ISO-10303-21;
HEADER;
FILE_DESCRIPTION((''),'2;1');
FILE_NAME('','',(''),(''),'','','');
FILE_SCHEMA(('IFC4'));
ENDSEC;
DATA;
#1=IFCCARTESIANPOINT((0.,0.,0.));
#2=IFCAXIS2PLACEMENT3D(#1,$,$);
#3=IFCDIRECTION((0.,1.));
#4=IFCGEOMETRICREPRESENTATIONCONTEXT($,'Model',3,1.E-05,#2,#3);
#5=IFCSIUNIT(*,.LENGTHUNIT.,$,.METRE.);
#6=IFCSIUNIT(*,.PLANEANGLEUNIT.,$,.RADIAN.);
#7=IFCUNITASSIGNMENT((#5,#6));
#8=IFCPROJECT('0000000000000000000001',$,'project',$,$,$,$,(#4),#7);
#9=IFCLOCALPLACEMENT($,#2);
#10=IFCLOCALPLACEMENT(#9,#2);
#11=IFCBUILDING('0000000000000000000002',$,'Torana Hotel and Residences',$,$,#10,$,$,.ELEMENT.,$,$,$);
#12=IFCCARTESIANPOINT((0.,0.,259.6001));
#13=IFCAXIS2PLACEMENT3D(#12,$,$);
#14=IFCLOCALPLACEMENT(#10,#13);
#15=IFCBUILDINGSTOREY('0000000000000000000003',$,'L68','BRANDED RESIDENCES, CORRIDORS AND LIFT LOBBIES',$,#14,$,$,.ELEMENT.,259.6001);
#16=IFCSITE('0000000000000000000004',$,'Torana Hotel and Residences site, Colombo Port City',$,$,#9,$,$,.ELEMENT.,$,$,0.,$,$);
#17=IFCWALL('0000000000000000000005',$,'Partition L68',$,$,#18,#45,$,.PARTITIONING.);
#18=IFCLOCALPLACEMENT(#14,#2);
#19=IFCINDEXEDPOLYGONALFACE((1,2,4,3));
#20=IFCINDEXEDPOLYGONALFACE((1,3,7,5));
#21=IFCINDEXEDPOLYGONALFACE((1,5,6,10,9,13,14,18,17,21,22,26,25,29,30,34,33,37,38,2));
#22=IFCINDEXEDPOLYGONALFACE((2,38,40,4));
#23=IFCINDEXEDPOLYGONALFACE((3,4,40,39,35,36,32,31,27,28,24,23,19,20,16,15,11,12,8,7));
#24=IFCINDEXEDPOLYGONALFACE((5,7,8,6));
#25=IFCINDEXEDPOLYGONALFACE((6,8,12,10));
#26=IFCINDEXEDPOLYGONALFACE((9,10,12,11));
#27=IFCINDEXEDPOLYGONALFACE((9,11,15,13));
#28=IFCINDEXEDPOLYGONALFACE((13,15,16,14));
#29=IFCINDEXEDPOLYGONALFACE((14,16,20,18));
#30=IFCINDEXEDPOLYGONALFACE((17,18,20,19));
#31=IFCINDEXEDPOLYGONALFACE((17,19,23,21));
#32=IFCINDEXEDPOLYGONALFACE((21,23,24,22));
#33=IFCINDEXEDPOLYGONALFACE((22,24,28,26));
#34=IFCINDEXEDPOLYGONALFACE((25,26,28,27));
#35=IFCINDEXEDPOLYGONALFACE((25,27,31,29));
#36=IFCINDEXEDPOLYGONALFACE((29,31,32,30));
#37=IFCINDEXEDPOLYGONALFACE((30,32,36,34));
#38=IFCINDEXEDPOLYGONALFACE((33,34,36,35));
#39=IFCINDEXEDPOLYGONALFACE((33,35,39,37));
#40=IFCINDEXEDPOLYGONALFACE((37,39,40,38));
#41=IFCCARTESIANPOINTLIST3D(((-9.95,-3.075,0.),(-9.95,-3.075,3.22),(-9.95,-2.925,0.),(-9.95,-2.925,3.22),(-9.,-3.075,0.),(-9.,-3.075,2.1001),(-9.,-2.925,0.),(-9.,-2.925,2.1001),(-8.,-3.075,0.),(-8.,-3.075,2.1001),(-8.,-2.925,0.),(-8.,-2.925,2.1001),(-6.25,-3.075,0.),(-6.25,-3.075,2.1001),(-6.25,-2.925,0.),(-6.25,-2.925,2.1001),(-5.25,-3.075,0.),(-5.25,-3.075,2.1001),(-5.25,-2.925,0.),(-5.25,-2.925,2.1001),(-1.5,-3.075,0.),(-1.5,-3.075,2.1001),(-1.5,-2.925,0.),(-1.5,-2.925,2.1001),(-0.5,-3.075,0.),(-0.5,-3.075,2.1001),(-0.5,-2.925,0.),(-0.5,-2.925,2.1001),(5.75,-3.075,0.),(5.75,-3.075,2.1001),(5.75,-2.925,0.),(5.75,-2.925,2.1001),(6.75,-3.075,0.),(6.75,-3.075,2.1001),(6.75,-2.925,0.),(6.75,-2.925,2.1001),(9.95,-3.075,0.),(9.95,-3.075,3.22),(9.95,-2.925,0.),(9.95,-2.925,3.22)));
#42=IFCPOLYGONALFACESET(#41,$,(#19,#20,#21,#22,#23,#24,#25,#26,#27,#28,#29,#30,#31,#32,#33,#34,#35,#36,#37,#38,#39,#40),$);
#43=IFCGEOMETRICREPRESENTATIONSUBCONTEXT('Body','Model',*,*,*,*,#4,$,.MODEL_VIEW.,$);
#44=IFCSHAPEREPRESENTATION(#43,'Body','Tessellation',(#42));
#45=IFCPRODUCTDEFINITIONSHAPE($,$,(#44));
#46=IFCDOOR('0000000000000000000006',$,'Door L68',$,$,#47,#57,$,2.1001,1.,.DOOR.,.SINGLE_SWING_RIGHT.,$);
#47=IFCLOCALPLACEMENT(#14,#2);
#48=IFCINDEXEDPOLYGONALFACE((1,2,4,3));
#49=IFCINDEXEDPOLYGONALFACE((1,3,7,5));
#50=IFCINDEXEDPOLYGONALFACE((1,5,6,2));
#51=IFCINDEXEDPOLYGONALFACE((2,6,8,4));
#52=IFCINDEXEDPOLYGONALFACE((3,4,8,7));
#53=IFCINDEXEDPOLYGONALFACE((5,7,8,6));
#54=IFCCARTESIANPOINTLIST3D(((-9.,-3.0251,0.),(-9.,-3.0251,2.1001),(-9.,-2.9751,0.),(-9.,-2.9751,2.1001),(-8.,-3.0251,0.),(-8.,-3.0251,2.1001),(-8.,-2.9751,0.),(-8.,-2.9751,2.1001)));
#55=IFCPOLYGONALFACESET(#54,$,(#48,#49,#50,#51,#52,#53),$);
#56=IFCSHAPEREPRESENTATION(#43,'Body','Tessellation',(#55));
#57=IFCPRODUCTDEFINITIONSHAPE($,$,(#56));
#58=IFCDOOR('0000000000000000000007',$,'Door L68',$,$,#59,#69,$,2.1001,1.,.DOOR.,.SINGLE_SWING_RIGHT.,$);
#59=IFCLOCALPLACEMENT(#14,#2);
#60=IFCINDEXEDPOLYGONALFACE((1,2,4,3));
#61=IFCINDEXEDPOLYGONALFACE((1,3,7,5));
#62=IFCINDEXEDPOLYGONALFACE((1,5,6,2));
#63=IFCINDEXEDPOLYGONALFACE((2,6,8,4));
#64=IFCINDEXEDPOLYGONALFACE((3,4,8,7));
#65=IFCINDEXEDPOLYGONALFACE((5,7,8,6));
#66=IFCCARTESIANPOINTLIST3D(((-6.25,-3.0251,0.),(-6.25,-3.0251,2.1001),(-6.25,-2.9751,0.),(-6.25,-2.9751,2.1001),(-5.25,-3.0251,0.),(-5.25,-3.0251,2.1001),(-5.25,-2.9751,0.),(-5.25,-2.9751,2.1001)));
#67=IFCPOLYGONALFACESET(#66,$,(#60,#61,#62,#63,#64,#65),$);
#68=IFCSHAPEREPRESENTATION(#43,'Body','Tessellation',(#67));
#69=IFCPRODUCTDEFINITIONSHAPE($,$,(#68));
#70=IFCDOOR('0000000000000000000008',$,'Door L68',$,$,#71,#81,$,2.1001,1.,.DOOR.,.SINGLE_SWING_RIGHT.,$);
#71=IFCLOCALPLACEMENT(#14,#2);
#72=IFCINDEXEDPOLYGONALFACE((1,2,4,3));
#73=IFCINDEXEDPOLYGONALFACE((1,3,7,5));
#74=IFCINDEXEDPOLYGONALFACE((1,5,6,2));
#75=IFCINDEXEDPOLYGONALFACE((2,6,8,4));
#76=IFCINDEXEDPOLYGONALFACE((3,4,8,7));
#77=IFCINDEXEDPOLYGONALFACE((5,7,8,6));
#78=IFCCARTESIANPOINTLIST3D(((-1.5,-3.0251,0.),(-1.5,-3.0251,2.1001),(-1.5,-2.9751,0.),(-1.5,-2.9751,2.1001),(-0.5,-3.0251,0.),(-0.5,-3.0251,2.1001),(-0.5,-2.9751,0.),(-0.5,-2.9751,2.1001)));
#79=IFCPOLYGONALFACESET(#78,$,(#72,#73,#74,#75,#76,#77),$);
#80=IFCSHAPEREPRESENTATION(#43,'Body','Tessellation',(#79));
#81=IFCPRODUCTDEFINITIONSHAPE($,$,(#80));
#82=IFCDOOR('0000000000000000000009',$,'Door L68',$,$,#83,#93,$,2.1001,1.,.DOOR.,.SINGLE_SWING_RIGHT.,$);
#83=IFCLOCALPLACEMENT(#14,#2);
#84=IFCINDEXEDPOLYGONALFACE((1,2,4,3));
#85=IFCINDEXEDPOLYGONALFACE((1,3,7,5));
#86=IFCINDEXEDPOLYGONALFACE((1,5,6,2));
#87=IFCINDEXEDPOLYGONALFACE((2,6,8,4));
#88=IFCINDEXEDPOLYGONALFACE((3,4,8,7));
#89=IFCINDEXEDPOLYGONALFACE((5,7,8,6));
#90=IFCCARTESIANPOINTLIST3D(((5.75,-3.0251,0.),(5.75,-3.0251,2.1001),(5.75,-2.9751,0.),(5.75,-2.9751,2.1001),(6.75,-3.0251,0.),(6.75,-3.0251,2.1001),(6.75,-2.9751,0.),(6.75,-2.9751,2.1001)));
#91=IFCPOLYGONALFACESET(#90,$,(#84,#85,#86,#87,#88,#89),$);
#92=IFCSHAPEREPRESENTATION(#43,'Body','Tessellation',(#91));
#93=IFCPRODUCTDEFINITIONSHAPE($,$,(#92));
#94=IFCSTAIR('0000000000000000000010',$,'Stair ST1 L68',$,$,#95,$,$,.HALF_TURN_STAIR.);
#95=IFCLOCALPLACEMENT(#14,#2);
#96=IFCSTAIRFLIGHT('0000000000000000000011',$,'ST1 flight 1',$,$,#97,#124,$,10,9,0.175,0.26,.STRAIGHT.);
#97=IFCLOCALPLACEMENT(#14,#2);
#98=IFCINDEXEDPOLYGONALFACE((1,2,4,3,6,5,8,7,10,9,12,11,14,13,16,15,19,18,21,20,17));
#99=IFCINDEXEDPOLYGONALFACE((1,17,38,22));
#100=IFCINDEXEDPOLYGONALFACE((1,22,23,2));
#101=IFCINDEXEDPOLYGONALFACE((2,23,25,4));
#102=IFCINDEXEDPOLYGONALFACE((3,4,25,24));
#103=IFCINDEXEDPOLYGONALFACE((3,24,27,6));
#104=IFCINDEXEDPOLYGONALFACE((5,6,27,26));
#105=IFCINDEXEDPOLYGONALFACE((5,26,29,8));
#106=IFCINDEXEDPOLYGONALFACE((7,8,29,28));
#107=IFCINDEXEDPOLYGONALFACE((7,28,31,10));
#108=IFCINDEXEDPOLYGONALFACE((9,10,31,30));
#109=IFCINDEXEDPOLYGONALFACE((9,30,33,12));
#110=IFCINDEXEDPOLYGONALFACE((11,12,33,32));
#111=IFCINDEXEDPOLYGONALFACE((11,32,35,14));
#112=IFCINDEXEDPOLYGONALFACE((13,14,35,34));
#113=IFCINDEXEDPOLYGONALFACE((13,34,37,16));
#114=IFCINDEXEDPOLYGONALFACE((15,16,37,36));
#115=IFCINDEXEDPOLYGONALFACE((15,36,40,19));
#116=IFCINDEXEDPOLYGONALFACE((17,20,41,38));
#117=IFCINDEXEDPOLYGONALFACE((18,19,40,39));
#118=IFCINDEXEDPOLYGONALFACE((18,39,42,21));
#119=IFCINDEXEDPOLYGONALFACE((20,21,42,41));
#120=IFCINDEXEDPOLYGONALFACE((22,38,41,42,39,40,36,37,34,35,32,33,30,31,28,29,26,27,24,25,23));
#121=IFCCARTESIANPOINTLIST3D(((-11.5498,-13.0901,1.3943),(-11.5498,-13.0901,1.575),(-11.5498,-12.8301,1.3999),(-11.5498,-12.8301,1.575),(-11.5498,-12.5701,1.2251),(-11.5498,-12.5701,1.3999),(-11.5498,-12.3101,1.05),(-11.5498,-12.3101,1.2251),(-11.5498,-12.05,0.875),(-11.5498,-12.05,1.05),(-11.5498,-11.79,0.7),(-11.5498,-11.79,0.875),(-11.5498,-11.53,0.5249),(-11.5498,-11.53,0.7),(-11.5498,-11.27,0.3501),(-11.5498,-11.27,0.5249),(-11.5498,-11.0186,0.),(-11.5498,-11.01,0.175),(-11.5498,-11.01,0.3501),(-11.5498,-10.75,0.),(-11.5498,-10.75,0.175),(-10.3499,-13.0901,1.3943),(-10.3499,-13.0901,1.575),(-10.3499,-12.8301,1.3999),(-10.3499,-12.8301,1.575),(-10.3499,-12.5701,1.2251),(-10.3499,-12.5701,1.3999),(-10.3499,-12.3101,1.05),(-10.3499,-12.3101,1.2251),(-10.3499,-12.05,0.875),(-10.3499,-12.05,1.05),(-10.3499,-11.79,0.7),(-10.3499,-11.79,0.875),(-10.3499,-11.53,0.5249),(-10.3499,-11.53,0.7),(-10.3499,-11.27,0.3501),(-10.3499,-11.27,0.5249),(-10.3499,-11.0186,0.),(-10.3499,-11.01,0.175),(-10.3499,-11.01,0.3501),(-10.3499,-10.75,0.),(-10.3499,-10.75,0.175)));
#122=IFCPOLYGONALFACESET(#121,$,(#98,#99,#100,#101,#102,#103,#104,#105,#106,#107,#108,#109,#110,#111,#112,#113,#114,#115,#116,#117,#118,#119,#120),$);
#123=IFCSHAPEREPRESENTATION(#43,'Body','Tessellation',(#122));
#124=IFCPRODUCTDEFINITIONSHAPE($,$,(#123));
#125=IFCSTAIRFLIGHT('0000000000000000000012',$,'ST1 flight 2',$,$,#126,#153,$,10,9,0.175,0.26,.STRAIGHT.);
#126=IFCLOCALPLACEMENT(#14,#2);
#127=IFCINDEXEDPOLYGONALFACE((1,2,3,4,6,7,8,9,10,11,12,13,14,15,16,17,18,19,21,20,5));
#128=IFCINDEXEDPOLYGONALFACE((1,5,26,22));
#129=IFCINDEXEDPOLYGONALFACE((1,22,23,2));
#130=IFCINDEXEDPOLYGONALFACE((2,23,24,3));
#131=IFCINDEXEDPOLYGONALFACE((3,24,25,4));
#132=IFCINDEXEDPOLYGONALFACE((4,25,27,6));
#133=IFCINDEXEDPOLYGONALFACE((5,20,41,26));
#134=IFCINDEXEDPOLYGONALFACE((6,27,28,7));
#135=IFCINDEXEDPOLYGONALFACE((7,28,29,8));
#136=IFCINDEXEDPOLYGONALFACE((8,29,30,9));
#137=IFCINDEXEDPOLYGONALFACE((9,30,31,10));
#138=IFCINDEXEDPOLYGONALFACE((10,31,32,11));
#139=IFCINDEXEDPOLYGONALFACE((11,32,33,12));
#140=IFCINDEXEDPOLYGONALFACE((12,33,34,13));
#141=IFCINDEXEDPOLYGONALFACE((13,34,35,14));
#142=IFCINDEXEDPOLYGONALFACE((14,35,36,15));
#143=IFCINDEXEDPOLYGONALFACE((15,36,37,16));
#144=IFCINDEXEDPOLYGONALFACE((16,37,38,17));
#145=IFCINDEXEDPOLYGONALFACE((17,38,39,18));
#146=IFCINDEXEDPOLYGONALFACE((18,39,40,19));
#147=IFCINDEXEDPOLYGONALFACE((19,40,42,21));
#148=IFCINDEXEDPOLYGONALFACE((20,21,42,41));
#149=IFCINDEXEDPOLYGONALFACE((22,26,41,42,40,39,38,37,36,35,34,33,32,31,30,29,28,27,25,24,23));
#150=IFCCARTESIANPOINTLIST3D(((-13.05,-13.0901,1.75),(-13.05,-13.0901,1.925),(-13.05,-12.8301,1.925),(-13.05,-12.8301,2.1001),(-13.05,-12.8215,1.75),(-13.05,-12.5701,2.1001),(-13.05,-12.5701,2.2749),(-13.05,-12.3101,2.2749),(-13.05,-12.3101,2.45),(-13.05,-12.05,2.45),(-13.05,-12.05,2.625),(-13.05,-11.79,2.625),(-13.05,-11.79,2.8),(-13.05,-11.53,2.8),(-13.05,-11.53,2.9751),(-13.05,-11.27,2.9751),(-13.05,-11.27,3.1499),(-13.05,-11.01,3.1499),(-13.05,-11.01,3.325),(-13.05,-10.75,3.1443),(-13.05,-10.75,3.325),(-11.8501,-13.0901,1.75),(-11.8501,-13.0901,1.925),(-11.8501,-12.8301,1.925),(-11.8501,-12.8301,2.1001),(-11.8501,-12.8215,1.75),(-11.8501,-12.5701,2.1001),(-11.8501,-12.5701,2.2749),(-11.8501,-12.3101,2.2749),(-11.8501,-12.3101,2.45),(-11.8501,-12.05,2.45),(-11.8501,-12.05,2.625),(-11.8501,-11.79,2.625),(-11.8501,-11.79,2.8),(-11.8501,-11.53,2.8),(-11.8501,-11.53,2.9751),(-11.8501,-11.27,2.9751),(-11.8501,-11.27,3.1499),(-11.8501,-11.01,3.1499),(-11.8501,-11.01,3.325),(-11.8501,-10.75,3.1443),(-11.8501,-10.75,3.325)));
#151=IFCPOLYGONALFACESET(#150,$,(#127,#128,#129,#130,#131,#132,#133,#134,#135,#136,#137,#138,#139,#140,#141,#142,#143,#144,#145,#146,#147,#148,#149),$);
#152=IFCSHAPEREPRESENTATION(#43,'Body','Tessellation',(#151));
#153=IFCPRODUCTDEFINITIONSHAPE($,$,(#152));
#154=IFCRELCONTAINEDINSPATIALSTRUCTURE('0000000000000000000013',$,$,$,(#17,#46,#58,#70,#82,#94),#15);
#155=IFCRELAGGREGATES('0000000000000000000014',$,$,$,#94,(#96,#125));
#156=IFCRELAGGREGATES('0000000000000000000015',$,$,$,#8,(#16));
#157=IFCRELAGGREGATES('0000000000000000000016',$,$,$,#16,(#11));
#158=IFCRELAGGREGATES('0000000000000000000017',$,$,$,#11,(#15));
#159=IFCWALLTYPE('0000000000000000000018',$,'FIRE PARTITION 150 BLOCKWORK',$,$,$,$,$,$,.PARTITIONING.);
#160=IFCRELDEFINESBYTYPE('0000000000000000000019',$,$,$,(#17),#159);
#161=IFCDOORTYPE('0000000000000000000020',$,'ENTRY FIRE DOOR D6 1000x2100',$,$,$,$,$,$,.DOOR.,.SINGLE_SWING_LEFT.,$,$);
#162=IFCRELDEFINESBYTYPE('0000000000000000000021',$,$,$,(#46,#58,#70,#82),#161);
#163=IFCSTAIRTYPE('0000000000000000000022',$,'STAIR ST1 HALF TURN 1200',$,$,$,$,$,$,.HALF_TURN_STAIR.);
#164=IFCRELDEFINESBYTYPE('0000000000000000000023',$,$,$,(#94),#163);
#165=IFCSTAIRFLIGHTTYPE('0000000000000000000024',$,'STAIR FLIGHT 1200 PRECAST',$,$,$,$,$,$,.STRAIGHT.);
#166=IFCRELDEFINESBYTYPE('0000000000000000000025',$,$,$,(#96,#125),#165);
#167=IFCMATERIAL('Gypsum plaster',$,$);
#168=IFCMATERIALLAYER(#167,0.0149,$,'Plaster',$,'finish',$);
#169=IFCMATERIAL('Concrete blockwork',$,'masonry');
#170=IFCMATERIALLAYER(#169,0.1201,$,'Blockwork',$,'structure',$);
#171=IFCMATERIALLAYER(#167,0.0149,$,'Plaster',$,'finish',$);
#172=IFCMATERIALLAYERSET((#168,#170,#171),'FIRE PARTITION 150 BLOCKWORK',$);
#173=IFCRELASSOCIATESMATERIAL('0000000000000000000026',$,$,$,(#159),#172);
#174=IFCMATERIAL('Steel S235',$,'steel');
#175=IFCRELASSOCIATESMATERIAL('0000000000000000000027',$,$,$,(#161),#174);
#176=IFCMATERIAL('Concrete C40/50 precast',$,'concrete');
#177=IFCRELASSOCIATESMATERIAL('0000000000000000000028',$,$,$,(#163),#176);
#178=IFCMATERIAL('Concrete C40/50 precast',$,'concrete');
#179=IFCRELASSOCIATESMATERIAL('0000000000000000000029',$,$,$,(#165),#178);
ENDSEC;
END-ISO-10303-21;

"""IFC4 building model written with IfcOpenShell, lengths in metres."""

from ifc_helpers import new_model, si_unit, direction, frame, frame_2d, origin, place, context, subcontext, project, spatial, polyline, rectangle, outline, extrude, material, layer, layer_set, type_object, element, fill, aggregate, save


model = new_model("IFC4")

# Units and contexts
model_context = context("Model", 3, precision=1e-05, world=origin(), true_north=direction((0.0, 1.0)))
body_context = subcontext(model_context, "Body", "Model", "MODEL_VIEW")
ifc_project = project(units=[si_unit("LENGTHUNIT", "METRE"), si_unit("PLANEANGLEUNIT", "RADIAN")], contexts=[model_context])

# Site, building, storey
site_placement = place(None, origin())
site = spatial("IfcSite", under=ifc_project, at=site_placement, Name="Torana Hotel and Residences site, Colombo Port City", CompositionType="ELEMENT", RefElevation=0.0)
building_placement = place(site_placement, origin())
building = spatial("IfcBuilding", under=site, at=building_placement, Name="Torana Hotel and Residences", CompositionType="ELEMENT")
storey_placement = place(building_placement, frame((0.0, 0.0, 259.6001)))
storey = spatial("IfcBuildingStorey", under=building, at=storey_placement, Name="L68", Description="BRANDED RESIDENCES, CORRIDORS AND LIFT LOBBIES", CompositionType="ELEMENT", Elevation=259.6001)

# Shared definitions
ifc_material_1 = material(Name="Gypsum plaster")
ifc_layer_1 = layer(ifc_material_1, 0.0149, Name="Plaster", Category="finish")
ifc_material_2 = material(Name="Concrete blockwork", Category="masonry")
ifc_layer_2 = layer(ifc_material_2, 0.1201, Name="Blockwork", Category="structure")
ifc_layer_3 = layer(ifc_material_1, 0.0149, Name="Plaster", Category="finish")
ifc_layer_set_1 = layer_set([ifc_layer_1, ifc_layer_2, ifc_layer_3], Name="FIRE PARTITION 150 BLOCKWORK")
wall_type_1 = type_object("IfcWallType", Name="FIRE PARTITION 150 BLOCKWORK", PredefinedType="PARTITIONING", material=ifc_layer_set_1)

# Wall, openings, doors
ifc_material_3 = material(Name="Steel S235", Category="steel")
door_type_1 = type_object("IfcDoorType", Name="ENTRY FIRE DOOR D6 1000x2100", OperationType="SINGLE_SWING_LEFT", PredefinedType="DOOR", material=ifc_material_3)
wall_1_placement = place(storey_placement, frame((-9.95, -3.0, 0.0), z_axis=(0.0, 0.0, 1.0), x_axis=(1.0, 0.0, 0.0)))
wall_1 = element("IfcWall", 1, at=wall_1_placement, inside=storey, type_object=wall_type_1, Name="Partition L68", PredefinedType="PARTITIONING", context=body_context, shape_type="SweptSolid", body=[
    extrude(rectangle(XDim=19.8999, YDim=0.1499, at=frame_2d((9.95, 0.0))), origin(), (0.0, 0.0, 1.0), 3.22),
])
opening_1_placement = place(wall_1_placement, frame((0.95, 0.0, 0.0)))
opening_1 = element("IfcOpeningElement", 2, at=opening_1_placement, cuts=wall_1, PredefinedType="OPENING", context=body_context, shape_type="SweptSolid", body=[
    extrude(rectangle(XDim=1.0, YDim=2.1001, at=frame_2d((0.5, 1.05))), frame((0.0, 0.085, 0.0), z_axis=(0.0, -1.0, 0.0), x_axis=(1.0, 0.0, 0.0)), (0.0, 0.0, 1.0), 0.1699),
])
opening_2_placement = place(wall_1_placement, frame((3.7, 0.0, 0.0)))
opening_2 = element("IfcOpeningElement", 3, at=opening_2_placement, cuts=wall_1, PredefinedType="OPENING", context=body_context, shape_type="SweptSolid", body=[
    extrude(rectangle(XDim=1.0, YDim=2.1001, at=frame_2d((0.5, 1.05))), frame((0.0, 0.085, 0.0), z_axis=(0.0, -1.0, 0.0), x_axis=(1.0, 0.0, 0.0)), (0.0, 0.0, 1.0), 0.1699),
])
opening_3_placement = place(wall_1_placement, frame((8.45, 0.0, 0.0)))
opening_3 = element("IfcOpeningElement", 4, at=opening_3_placement, cuts=wall_1, PredefinedType="OPENING", context=body_context, shape_type="SweptSolid", body=[
    extrude(rectangle(XDim=1.0, YDim=2.1001, at=frame_2d((0.5, 1.05))), frame((0.0, 0.085, 0.0), z_axis=(0.0, -1.0, 0.0), x_axis=(1.0, 0.0, 0.0)), (0.0, 0.0, 1.0), 0.1699),
])
opening_4_placement = place(wall_1_placement, frame((15.7, 0.0, 0.0)))
opening_4 = element("IfcOpeningElement", 5, at=opening_4_placement, cuts=wall_1, PredefinedType="OPENING", context=body_context, shape_type="SweptSolid", body=[
    extrude(rectangle(XDim=1.0, YDim=2.1001, at=frame_2d((0.5, 1.05))), frame((0.0, 0.085, 0.0), z_axis=(0.0, -1.0, 0.0), x_axis=(1.0, 0.0, 0.0)), (0.0, 0.0, 1.0), 0.1699),
])
door_1_placement = place(opening_1_placement, origin())
door_1 = element("IfcDoor", 6, at=door_1_placement, inside=storey, type_object=door_type_1, Name="Door L68", OperationType="SINGLE_SWING_RIGHT", OverallHeight=2.1001, OverallWidth=1.0, PredefinedType="DOOR", context=body_context, shape_type="SweptSolid", body=[
    extrude(rectangle(XDim=1.0, YDim=2.1001, at=frame_2d((0.5, 1.05))), frame((0.0, 0.0249, 0.0), z_axis=(0.0, -1.0, 0.0), x_axis=(1.0, 0.0, 0.0)), (0.0, 0.0, 1.0), 0.05),
])
fill(opening_1, door_1)
door_2_placement = place(opening_2_placement, origin())
door_2 = element("IfcDoor", 7, at=door_2_placement, inside=storey, type_object=door_type_1, Name="Door L68", OperationType="SINGLE_SWING_RIGHT", OverallHeight=2.1001, OverallWidth=1.0, PredefinedType="DOOR", context=body_context, shape_type="SweptSolid", body=[
    extrude(rectangle(XDim=1.0, YDim=2.1001, at=frame_2d((0.5, 1.05))), frame((0.0, 0.0249, 0.0), z_axis=(0.0, -1.0, 0.0), x_axis=(1.0, 0.0, 0.0)), (0.0, 0.0, 1.0), 0.05),
])
fill(opening_2, door_2)
door_3_placement = place(opening_3_placement, origin())
door_3 = element("IfcDoor", 8, at=door_3_placement, inside=storey, type_object=door_type_1, Name="Door L68", OperationType="SINGLE_SWING_RIGHT", OverallHeight=2.1001, OverallWidth=1.0, PredefinedType="DOOR", context=body_context, shape_type="SweptSolid", body=[
    extrude(rectangle(XDim=1.0, YDim=2.1001, at=frame_2d((0.5, 1.05))), frame((0.0, 0.0249, 0.0), z_axis=(0.0, -1.0, 0.0), x_axis=(1.0, 0.0, 0.0)), (0.0, 0.0, 1.0), 0.05),
])
fill(opening_3, door_3)
door_4_placement = place(opening_4_placement, origin())
door_4 = element("IfcDoor", 9, at=door_4_placement, inside=storey, type_object=door_type_1, Name="Door L68", OperationType="SINGLE_SWING_RIGHT", OverallHeight=2.1001, OverallWidth=1.0, PredefinedType="DOOR", context=body_context, shape_type="SweptSolid", body=[
    extrude(rectangle(XDim=1.0, YDim=2.1001, at=frame_2d((0.5, 1.05))), frame((0.0, 0.0249, 0.0), z_axis=(0.0, -1.0, 0.0), x_axis=(1.0, 0.0, 0.0)), (0.0, 0.0, 1.0), 0.05),
])
fill(opening_4, door_4)

# Stair, stair flights
ifc_material_4 = material(Name="Concrete C40/50 precast", Category="concrete")
stair_type = type_object("IfcStairType", Name="STAIR ST1 HALF TURN 1200", PredefinedType="HALF_TURN_STAIR", material=ifc_material_4)
stair_placement = place(storey_placement, origin())
stair = element("IfcStair", 10, at=stair_placement, inside=storey, type_object=stair_type, Name="Stair ST1 L68", PredefinedType="HALF_TURN_STAIR")
ifc_material_5 = material(Name="Concrete C40/50 precast", Category="concrete")
stair_flight_type = type_object("IfcStairFlightType", Name="STAIR FLIGHT 1200 PRECAST", PredefinedType="STRAIGHT", material=ifc_material_5)
stair_flight_1_placement = place(storey_placement, frame((-10.95, -10.75, 0.0), z_axis=(0.0, 0.0, 1.0), x_axis=(0.0, -1.0, 0.0)))
stair_flight_1 = element("IfcStairFlight", 11, at=stair_flight_1_placement, type_object=stair_flight_type, Name="ST1 flight 1", NumberOfRisers=10, NumberOfTreads=9, PredefinedType="STRAIGHT", RiserHeight=0.175, TreadLength=0.26, context=body_context, shape_type="SweptSolid", body=[
    extrude(outline(polyline([(0.0, 0.0), (0.0, 0.175), (0.26, 0.175), (0.26, 0.3501), (0.52, 0.3501), (0.52, 0.5249), (0.78, 0.5249), (0.78, 0.7), (1.04, 0.7), (1.04, 0.875), (1.3, 0.875), (1.3, 1.05), (1.5601, 1.05), (1.5601, 1.2251), (1.8201, 1.2251), (1.8201, 1.3999), (2.0801, 1.3999), (2.0801, 1.575), (2.3401, 1.575), (2.3401, 1.75), (2.3401, 1.3943), (0.2686, 0.0), (0.0, 0.0)])), frame((0.0, 0.6001, 0.0), z_axis=(0.0, -1.0, 0.0), x_axis=(1.0, 0.0, 0.0)), (0.0, 0.0, 1.0), 1.2),
])
stair_flight_2_placement = place(storey_placement, frame((-12.45, -13.0901, 1.75), z_axis=(0.0, 0.0, 1.0), x_axis=(0.0, 1.0, 0.0)))
stair_flight_2 = element("IfcStairFlight", 12, at=stair_flight_2_placement, type_object=stair_flight_type, Name="ST1 flight 2", NumberOfRisers=10, NumberOfTreads=9, PredefinedType="STRAIGHT", RiserHeight=0.175, TreadLength=0.26, context=body_context, shape_type="SweptSolid", body=[
    extrude(outline(polyline([(0.0, 0.0), (0.0, 0.175), (0.26, 0.175), (0.26, 0.3501), (0.52, 0.3501), (0.52, 0.5249), (0.78, 0.5249), (0.78, 0.7), (1.04, 0.7), (1.04, 0.875), (1.3, 0.875), (1.3, 1.05), (1.5601, 1.05), (1.5601, 1.2251), (1.8201, 1.2251), (1.8201, 1.3999), (2.0801, 1.3999), (2.0801, 1.575), (2.3401, 1.575), (2.3401, 1.75), (2.3401, 1.3943), (0.2686, 0.0), (0.0, 0.0)])), frame((0.0, 0.6001, 0.0), z_axis=(0.0, -1.0, 0.0), x_axis=(1.0, 0.0, 0.0)), (0.0, 0.0, 1.0), 1.2),
])
aggregate(stair, [stair_flight_1, stair_flight_2])

save(model, "model.ifc")
